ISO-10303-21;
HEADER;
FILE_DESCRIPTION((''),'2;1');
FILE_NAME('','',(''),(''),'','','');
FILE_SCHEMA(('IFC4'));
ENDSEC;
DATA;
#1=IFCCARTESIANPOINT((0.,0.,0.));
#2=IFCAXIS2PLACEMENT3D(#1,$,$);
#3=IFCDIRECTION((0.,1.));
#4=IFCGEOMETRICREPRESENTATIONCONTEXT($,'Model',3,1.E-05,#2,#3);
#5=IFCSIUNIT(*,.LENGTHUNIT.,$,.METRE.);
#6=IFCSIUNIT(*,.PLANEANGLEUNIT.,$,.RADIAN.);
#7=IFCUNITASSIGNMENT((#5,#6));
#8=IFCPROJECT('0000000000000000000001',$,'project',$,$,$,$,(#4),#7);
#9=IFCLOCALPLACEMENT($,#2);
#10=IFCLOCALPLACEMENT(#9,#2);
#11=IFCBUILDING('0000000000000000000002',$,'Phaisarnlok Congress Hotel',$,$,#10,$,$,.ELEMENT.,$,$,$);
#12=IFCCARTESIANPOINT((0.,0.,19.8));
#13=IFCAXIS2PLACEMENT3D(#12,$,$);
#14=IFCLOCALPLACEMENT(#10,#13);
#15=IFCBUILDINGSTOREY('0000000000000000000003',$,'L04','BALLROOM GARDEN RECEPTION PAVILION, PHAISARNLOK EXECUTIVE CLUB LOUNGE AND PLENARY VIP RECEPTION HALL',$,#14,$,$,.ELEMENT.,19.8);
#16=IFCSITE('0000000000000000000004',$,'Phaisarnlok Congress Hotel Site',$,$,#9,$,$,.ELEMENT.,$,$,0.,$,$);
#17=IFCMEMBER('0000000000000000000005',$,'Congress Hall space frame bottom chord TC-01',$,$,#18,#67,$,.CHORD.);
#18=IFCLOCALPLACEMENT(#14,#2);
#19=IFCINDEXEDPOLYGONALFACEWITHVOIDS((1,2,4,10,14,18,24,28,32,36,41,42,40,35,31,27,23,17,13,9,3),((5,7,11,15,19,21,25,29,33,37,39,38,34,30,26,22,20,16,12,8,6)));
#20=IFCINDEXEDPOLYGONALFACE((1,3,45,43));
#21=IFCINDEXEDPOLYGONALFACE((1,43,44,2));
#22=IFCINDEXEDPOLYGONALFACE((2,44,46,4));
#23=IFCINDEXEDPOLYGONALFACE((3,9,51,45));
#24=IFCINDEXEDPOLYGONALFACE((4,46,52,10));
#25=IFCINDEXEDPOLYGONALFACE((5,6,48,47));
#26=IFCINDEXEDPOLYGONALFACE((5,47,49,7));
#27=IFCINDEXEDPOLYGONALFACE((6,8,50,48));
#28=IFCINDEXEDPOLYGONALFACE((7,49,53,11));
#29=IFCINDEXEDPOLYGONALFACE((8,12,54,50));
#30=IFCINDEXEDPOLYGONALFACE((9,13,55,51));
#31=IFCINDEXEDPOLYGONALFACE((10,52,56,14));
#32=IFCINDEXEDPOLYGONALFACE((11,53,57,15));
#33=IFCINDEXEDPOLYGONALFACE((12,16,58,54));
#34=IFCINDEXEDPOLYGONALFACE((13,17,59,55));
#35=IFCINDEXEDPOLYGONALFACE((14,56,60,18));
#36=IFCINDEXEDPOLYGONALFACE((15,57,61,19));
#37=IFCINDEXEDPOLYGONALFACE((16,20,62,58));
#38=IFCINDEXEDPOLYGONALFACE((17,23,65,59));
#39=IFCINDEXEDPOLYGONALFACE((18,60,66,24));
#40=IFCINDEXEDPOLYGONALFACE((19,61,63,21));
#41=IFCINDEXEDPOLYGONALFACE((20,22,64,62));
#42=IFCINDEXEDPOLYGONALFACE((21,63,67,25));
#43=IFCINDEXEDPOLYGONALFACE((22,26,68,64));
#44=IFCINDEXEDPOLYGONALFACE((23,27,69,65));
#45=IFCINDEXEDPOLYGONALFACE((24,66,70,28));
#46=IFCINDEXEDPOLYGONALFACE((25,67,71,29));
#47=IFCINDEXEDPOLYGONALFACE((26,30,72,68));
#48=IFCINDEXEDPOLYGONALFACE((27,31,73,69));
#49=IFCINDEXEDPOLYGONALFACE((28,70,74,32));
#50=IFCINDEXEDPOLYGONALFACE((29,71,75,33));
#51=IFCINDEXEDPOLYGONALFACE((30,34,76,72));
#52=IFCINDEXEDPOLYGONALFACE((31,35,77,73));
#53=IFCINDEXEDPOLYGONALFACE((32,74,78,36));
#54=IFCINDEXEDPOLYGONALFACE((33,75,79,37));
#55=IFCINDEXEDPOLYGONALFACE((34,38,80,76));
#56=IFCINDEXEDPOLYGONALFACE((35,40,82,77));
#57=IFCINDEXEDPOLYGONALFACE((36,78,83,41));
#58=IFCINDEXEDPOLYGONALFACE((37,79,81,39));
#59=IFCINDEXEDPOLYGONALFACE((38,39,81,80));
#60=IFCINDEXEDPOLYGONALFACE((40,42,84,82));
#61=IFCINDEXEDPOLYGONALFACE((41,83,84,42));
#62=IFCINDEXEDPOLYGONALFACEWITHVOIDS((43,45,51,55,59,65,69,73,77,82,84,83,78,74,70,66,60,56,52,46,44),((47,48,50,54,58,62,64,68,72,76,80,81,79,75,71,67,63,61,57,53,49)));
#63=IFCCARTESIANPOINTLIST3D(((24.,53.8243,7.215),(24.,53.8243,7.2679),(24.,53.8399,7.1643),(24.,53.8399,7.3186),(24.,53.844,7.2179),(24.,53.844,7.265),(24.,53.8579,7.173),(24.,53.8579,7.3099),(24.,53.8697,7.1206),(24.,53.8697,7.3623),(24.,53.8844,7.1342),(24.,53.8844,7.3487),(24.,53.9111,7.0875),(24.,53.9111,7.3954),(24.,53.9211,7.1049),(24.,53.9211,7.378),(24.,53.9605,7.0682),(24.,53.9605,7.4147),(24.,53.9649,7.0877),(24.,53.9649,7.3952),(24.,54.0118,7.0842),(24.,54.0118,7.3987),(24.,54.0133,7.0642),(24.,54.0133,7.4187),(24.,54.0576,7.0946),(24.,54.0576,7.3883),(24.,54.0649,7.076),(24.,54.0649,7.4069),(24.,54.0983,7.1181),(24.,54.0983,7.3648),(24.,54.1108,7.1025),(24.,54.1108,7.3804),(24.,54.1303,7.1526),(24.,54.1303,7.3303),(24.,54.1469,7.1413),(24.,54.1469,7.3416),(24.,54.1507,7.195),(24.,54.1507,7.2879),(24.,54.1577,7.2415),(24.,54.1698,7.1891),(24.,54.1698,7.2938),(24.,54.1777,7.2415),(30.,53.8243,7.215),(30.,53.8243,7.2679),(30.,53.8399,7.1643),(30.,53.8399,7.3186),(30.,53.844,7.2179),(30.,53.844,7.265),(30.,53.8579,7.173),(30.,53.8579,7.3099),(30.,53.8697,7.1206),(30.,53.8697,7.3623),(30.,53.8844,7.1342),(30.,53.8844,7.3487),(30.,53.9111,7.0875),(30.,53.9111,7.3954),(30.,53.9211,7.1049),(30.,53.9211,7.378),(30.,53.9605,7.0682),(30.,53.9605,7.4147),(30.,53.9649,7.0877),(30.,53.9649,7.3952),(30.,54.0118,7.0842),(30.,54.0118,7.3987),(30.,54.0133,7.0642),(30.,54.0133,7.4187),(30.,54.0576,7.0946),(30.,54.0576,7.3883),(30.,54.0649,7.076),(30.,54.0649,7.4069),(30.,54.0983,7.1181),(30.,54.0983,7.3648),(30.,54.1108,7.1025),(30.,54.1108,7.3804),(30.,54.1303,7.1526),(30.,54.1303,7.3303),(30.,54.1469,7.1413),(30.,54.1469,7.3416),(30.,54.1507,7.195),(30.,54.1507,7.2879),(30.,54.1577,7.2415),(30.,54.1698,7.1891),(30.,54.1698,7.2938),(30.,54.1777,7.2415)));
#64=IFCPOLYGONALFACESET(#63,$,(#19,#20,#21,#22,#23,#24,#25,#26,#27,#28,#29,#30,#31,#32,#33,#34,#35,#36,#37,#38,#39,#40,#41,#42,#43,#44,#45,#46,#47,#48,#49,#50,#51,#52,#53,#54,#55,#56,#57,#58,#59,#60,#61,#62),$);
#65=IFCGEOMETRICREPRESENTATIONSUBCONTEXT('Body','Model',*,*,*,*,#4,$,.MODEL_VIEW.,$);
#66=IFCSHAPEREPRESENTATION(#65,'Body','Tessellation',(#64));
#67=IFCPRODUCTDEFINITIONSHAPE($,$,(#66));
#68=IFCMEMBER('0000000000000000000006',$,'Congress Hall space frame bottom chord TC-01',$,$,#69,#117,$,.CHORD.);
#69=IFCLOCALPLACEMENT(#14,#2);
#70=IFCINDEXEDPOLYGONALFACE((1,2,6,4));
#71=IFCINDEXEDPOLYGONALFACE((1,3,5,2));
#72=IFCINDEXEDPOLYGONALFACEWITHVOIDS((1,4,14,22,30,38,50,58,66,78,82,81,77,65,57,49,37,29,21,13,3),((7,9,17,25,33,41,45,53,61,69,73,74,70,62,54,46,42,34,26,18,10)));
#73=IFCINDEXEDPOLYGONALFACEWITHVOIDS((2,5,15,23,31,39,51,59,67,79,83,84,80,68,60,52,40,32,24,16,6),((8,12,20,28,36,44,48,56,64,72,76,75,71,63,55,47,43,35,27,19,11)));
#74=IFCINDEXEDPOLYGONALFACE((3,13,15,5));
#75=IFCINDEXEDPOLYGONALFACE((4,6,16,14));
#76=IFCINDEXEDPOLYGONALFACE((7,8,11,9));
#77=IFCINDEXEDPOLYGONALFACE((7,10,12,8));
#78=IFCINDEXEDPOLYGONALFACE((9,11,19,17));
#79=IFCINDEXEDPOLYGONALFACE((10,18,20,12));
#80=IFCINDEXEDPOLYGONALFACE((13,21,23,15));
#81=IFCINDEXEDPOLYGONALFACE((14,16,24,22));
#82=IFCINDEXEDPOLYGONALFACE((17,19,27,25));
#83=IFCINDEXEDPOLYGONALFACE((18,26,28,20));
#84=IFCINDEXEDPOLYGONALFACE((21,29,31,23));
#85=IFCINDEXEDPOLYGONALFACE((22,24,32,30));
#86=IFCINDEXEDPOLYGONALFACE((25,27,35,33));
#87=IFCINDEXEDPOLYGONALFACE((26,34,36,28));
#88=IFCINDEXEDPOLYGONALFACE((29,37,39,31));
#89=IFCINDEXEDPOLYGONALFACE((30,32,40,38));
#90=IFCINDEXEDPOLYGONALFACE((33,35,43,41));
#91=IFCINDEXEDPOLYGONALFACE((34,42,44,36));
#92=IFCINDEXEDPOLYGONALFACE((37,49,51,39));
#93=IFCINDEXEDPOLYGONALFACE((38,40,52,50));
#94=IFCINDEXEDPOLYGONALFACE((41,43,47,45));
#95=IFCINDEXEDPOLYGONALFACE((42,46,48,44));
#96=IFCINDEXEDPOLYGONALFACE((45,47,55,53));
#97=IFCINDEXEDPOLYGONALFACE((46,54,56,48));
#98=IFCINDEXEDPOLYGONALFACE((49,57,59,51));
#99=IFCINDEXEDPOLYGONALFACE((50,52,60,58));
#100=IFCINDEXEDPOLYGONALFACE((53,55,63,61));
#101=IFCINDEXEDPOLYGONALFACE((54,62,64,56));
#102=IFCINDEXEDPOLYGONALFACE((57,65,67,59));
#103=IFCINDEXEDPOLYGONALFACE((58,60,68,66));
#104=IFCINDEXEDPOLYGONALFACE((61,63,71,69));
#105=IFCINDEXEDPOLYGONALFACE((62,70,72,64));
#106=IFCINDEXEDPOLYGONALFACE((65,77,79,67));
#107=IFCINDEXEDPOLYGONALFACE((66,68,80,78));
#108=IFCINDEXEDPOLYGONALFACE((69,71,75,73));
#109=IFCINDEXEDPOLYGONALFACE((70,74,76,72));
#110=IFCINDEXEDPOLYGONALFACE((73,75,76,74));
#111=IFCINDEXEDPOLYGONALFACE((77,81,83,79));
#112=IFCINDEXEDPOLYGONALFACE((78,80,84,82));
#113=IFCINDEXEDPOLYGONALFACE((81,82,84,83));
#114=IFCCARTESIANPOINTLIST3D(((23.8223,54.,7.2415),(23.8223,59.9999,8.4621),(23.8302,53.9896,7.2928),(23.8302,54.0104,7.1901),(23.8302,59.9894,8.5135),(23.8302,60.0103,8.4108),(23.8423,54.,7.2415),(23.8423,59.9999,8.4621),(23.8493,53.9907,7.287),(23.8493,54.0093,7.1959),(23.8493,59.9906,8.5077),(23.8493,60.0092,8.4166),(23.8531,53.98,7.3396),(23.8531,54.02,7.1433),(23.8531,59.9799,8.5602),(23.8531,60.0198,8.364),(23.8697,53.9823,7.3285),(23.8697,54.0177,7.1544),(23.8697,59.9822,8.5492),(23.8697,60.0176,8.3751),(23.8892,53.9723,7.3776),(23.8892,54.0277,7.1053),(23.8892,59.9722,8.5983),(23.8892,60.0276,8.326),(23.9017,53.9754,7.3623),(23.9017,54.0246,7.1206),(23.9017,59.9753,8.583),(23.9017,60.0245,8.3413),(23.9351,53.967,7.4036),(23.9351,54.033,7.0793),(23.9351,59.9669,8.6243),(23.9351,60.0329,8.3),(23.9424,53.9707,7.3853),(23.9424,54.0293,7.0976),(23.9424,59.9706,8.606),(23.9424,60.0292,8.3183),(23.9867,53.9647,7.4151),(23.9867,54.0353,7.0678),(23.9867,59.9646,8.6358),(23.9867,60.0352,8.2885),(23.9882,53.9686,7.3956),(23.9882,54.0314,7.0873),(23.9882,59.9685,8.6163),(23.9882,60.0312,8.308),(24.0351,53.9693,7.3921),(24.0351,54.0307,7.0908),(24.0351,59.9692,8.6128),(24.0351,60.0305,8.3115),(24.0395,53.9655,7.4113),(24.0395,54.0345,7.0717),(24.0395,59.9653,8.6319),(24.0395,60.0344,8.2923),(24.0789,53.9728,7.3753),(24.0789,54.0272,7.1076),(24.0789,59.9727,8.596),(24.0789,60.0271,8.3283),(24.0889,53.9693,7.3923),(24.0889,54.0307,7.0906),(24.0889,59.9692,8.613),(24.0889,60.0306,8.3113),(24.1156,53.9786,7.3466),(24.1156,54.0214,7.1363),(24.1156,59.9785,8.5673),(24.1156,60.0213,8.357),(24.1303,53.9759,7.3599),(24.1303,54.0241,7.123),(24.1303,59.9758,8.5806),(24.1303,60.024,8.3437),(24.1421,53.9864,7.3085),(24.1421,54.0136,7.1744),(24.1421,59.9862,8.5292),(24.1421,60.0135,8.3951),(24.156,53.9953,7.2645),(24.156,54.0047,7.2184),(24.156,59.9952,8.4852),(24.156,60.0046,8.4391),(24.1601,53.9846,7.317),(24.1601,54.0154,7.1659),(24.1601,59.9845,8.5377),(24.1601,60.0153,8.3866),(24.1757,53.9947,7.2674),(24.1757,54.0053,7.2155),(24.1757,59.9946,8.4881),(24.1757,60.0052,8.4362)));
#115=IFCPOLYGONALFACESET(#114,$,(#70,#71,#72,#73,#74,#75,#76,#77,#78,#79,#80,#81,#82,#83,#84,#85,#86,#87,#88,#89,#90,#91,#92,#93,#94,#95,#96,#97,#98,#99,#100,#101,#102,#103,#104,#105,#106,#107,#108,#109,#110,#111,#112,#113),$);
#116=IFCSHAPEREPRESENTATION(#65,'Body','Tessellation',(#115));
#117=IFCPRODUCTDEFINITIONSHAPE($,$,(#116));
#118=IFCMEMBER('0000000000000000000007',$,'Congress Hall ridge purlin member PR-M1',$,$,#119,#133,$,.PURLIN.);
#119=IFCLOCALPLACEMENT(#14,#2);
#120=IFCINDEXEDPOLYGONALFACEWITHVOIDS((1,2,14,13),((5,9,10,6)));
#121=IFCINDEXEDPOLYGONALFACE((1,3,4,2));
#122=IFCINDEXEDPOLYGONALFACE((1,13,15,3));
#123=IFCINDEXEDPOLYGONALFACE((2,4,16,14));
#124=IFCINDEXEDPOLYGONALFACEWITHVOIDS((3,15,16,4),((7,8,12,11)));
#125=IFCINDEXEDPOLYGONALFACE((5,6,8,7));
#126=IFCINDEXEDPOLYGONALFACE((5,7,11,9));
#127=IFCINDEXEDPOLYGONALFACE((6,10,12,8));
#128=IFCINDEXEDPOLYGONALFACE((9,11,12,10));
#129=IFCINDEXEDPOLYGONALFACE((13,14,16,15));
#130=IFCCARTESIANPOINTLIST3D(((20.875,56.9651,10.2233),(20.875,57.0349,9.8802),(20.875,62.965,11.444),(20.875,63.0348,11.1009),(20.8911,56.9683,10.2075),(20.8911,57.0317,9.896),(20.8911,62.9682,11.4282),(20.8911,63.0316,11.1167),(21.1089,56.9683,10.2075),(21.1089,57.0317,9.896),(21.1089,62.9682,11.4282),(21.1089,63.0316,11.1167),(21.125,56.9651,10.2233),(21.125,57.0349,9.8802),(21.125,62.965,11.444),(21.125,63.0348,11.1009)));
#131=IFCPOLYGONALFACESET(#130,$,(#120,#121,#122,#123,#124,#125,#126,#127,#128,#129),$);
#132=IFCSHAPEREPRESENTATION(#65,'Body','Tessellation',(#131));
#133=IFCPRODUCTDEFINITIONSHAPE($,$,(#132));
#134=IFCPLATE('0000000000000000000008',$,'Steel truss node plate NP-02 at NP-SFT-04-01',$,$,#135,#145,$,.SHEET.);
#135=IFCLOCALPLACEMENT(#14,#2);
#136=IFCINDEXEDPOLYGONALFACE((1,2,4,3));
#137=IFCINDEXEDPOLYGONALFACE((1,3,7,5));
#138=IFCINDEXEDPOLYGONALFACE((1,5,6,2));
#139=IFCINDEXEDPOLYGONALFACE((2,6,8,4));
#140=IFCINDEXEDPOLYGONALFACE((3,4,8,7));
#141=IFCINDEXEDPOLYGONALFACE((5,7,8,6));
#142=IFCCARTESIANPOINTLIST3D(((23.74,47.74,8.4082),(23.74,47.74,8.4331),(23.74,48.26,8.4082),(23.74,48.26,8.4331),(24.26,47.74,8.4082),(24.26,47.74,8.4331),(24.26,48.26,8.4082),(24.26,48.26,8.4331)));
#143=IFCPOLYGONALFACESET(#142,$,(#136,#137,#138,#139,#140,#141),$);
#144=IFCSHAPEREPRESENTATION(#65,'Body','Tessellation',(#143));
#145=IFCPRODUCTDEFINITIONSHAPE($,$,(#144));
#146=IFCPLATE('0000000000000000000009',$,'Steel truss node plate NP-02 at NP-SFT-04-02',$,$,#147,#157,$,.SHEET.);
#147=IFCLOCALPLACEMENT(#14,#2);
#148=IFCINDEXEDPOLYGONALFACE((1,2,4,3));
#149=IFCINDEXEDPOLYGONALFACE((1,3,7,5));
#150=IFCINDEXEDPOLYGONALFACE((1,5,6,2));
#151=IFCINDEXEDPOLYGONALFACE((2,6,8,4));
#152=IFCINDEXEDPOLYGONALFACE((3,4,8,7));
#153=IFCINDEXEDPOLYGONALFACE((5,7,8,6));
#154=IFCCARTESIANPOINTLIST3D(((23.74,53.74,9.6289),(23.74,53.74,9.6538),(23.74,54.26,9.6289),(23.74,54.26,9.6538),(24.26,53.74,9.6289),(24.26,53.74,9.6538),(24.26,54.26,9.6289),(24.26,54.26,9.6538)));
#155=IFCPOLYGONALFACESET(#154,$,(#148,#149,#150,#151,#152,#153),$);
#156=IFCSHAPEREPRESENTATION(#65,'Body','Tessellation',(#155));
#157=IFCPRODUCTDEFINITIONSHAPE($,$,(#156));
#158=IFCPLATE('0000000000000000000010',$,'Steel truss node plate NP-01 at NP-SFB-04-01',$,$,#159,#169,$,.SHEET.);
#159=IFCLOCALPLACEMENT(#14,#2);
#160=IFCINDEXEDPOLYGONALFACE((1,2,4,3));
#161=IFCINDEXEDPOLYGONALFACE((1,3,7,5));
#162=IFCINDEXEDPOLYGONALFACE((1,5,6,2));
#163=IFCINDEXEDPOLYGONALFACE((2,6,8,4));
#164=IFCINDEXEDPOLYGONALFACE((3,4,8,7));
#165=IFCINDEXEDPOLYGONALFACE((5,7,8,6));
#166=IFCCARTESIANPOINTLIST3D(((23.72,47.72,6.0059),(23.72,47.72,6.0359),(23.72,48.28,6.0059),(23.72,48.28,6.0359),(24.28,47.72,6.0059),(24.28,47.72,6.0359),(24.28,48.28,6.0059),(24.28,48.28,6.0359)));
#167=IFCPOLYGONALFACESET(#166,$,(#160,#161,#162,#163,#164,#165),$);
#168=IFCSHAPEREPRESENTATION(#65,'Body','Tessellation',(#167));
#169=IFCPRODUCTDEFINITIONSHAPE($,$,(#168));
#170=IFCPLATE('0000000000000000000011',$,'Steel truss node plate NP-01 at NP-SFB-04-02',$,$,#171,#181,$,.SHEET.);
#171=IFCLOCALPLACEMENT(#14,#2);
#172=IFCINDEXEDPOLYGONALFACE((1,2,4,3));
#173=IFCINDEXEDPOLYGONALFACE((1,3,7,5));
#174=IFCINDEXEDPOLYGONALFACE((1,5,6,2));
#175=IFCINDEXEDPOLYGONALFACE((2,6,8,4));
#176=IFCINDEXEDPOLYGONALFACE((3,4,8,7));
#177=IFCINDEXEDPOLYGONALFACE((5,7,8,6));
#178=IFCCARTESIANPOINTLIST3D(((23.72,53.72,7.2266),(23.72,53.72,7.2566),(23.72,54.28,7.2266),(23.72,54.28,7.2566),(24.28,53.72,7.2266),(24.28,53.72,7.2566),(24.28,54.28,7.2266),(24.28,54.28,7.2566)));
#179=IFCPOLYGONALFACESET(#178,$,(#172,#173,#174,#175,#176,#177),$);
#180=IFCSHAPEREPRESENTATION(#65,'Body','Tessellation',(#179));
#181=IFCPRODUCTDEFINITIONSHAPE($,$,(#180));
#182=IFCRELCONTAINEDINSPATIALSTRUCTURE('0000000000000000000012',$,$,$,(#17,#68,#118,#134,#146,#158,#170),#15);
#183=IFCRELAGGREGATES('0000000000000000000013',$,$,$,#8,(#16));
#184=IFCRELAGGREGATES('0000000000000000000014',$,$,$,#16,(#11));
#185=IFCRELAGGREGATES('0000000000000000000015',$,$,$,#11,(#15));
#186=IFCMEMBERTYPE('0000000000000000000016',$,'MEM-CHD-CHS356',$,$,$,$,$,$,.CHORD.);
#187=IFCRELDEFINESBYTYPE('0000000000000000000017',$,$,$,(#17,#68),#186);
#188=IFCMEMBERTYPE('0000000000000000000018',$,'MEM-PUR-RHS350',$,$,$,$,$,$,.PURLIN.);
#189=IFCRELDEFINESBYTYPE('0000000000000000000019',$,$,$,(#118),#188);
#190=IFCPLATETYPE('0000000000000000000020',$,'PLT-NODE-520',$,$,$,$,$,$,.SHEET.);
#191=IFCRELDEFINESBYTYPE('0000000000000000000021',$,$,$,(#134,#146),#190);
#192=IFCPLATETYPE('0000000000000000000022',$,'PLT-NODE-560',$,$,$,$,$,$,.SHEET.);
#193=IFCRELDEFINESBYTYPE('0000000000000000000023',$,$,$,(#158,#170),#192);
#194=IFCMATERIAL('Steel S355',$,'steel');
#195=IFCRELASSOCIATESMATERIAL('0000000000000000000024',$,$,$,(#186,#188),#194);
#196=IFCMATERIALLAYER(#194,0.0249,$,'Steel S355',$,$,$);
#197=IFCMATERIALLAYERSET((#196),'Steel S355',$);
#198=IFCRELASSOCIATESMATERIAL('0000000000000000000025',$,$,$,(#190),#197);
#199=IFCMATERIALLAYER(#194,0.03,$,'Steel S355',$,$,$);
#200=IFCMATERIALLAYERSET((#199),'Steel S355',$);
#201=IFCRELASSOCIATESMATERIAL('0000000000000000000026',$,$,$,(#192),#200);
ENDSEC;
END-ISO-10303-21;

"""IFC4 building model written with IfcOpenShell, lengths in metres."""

from ifc_helpers import new_model, si_unit, direction, frame, origin, origin_2d, place, context, subcontext, project, spatial, rectangle, hollow_rectangle, hollow_circle, extrude, material, layer, layer_set, material_profile, profile_set, type_object, element, save


model = new_model("IFC4")

# Units and contexts
model_context = context("Model", 3, precision=1e-05, world=origin(), true_north=direction((0.0, 1.0)))
body_context = subcontext(model_context, "Body", "Model", "MODEL_VIEW")
ifc_project = project(units=[si_unit("LENGTHUNIT", "METRE"), si_unit("PLANEANGLEUNIT", "RADIAN")], contexts=[model_context])

# Site, building, storey
site_placement = place(None, origin())
site = spatial("IfcSite", under=ifc_project, at=site_placement, Name="Phaisarnlok Congress Hotel Site", CompositionType="ELEMENT", RefElevation=0.0)
building_placement = place(site_placement, origin())
building = spatial("IfcBuilding", under=site, at=building_placement, Name="Phaisarnlok Congress Hotel", CompositionType="ELEMENT")
storey_placement = place(building_placement, frame((0.0, 0.0, 19.8)))
storey = spatial("IfcBuildingStorey", under=building, at=storey_placement, Name="L04", Description="BALLROOM GARDEN RECEPTION PAVILION, PHAISARNLOK EXECUTIVE CLUB LOUNGE AND PLENARY VIP RECEPTION HALL", CompositionType="ELEMENT", Elevation=19.8)

# Members
ifc_material = material(Name="Steel S355", Category="steel")
ifc_material_profile_1 = material_profile(ifc_material, hollow_circle(Radius=0.1777, WallThickness=0.02, at=origin_2d()), Name="CHS 355.6x20")
ifc_profile_set_1 = profile_set([ifc_material_profile_1], Name="Steel S355")
member_type_1 = type_object("IfcMemberType", Name="MEM-CHD-CHS356", PredefinedType="CHORD", material=ifc_profile_set_1)
member_1_placement = place(storey_placement, frame((24.0, 54.0, 7.2415), z_axis=(1.0, 0.0, 0.0), x_axis=(0.0, 1.0, 0.0)))
element("IfcMember", 1, at=member_1_placement, inside=storey, type_object=member_type_1, Name="Congress Hall space frame bottom chord TC-01", PredefinedType="CHORD", context=body_context, shape_type="SweptSolid", body=[
    extrude(hollow_circle(Radius=0.1777, WallThickness=0.02, at=origin_2d()), origin(), (0.0, 0.0, 1.0), 6.0),
])
member_2_placement = place(storey_placement, frame((24.0, 54.0, 7.2415), z_axis=(0.0, 0.979925, 0.199366), x_axis=(-1.0, 0.0, 0.0)))
element("IfcMember", 2, at=member_2_placement, inside=storey, type_object=member_type_1, Name="Congress Hall space frame bottom chord TC-01", PredefinedType="CHORD", context=body_context, shape_type="SweptSolid", body=[
    extrude(hollow_circle(Radius=0.1777, WallThickness=0.02, at=origin_2d()), origin(), (0.0, 0.0, 1.0), 6.1228),
])
ifc_material_profile_2 = material_profile(ifc_material, hollow_rectangle(XDim=0.25, YDim=0.3501, WallThickness=0.0161, at=origin_2d()), Name="RHS 350x250x16")
ifc_profile_set_2 = profile_set([ifc_material_profile_2], Name="Steel S355")
member_type_2 = type_object("IfcMemberType", Name="MEM-PUR-RHS350", PredefinedType="PURLIN", material=ifc_profile_set_2)
member_3_placement = place(storey_placement, frame((21.0, 57.0, 10.0518), z_axis=(0.0, 0.979925, 0.199366), x_axis=(-1.0, 0.0, 0.0)))
element("IfcMember", 3, at=member_3_placement, inside=storey, type_object=member_type_2, Name="Congress Hall ridge purlin member PR-M1", PredefinedType="PURLIN", context=body_context, shape_type="SweptSolid", body=[
    extrude(hollow_rectangle(XDim=0.25, YDim=0.3501, WallThickness=0.0161, at=origin_2d()), origin(), (0.0, 0.0, 1.0), 6.1228),
])

# Plates
ifc_layer_1 = layer(ifc_material, 0.0249, Name="Steel S355")
ifc_layer_set_1 = layer_set([ifc_layer_1], Name="Steel S355")
plate_type_1 = type_object("IfcPlateType", Name="PLT-NODE-520", PredefinedType="SHEET", material=ifc_layer_set_1)
for number, where, z_axis, x_axis, name in (
    (4, (24.0, 48.0, 8.4082), (0.0, 0.0, 1.0), (1.0, 0.0, 0.0), "Steel truss node plate NP-02 at NP-SFT-04-01"),
    (5, (24.0, 54.0, 9.6289), (0.0, 0.0, 1.0), (1.0, 0.0, 0.0), "Steel truss node plate NP-02 at NP-SFT-04-02"),
):
    element("IfcPlate", number, at=place(storey_placement, frame(where, z_axis=z_axis, x_axis=x_axis)), inside=storey, type_object=plate_type_1, Name=name, PredefinedType="SHEET", context=body_context, shape_type="SweptSolid", body=[
        extrude(rectangle(XDim=0.52, YDim=0.52, at=origin_2d()), origin(), (0.0, 0.0, 1.0), 0.0249),
    ])
ifc_layer_2 = layer(ifc_material, 0.03, Name="Steel S355")
ifc_layer_set_2 = layer_set([ifc_layer_2], Name="Steel S355")
plate_type_2 = type_object("IfcPlateType", Name="PLT-NODE-560", PredefinedType="SHEET", material=ifc_layer_set_2)
for number, where, z_axis, x_axis, name in (
    (6, (24.0, 48.0, 6.0059), (0.0, 0.0, 1.0), (1.0, 0.0, 0.0), "Steel truss node plate NP-01 at NP-SFB-04-01"),
    (7, (24.0, 54.0, 7.2266), (0.0, 0.0, 1.0), (1.0, 0.0, 0.0), "Steel truss node plate NP-01 at NP-SFB-04-02"),
):
    element("IfcPlate", number, at=place(storey_placement, frame(where, z_axis=z_axis, x_axis=x_axis)), inside=storey, type_object=plate_type_2, Name=name, PredefinedType="SHEET", context=body_context, shape_type="SweptSolid", body=[
        extrude(rectangle(XDim=0.5601, YDim=0.5601, at=origin_2d()), origin(), (0.0, 0.0, 1.0), 0.03),
    ])

save(model, "model.ifc")
